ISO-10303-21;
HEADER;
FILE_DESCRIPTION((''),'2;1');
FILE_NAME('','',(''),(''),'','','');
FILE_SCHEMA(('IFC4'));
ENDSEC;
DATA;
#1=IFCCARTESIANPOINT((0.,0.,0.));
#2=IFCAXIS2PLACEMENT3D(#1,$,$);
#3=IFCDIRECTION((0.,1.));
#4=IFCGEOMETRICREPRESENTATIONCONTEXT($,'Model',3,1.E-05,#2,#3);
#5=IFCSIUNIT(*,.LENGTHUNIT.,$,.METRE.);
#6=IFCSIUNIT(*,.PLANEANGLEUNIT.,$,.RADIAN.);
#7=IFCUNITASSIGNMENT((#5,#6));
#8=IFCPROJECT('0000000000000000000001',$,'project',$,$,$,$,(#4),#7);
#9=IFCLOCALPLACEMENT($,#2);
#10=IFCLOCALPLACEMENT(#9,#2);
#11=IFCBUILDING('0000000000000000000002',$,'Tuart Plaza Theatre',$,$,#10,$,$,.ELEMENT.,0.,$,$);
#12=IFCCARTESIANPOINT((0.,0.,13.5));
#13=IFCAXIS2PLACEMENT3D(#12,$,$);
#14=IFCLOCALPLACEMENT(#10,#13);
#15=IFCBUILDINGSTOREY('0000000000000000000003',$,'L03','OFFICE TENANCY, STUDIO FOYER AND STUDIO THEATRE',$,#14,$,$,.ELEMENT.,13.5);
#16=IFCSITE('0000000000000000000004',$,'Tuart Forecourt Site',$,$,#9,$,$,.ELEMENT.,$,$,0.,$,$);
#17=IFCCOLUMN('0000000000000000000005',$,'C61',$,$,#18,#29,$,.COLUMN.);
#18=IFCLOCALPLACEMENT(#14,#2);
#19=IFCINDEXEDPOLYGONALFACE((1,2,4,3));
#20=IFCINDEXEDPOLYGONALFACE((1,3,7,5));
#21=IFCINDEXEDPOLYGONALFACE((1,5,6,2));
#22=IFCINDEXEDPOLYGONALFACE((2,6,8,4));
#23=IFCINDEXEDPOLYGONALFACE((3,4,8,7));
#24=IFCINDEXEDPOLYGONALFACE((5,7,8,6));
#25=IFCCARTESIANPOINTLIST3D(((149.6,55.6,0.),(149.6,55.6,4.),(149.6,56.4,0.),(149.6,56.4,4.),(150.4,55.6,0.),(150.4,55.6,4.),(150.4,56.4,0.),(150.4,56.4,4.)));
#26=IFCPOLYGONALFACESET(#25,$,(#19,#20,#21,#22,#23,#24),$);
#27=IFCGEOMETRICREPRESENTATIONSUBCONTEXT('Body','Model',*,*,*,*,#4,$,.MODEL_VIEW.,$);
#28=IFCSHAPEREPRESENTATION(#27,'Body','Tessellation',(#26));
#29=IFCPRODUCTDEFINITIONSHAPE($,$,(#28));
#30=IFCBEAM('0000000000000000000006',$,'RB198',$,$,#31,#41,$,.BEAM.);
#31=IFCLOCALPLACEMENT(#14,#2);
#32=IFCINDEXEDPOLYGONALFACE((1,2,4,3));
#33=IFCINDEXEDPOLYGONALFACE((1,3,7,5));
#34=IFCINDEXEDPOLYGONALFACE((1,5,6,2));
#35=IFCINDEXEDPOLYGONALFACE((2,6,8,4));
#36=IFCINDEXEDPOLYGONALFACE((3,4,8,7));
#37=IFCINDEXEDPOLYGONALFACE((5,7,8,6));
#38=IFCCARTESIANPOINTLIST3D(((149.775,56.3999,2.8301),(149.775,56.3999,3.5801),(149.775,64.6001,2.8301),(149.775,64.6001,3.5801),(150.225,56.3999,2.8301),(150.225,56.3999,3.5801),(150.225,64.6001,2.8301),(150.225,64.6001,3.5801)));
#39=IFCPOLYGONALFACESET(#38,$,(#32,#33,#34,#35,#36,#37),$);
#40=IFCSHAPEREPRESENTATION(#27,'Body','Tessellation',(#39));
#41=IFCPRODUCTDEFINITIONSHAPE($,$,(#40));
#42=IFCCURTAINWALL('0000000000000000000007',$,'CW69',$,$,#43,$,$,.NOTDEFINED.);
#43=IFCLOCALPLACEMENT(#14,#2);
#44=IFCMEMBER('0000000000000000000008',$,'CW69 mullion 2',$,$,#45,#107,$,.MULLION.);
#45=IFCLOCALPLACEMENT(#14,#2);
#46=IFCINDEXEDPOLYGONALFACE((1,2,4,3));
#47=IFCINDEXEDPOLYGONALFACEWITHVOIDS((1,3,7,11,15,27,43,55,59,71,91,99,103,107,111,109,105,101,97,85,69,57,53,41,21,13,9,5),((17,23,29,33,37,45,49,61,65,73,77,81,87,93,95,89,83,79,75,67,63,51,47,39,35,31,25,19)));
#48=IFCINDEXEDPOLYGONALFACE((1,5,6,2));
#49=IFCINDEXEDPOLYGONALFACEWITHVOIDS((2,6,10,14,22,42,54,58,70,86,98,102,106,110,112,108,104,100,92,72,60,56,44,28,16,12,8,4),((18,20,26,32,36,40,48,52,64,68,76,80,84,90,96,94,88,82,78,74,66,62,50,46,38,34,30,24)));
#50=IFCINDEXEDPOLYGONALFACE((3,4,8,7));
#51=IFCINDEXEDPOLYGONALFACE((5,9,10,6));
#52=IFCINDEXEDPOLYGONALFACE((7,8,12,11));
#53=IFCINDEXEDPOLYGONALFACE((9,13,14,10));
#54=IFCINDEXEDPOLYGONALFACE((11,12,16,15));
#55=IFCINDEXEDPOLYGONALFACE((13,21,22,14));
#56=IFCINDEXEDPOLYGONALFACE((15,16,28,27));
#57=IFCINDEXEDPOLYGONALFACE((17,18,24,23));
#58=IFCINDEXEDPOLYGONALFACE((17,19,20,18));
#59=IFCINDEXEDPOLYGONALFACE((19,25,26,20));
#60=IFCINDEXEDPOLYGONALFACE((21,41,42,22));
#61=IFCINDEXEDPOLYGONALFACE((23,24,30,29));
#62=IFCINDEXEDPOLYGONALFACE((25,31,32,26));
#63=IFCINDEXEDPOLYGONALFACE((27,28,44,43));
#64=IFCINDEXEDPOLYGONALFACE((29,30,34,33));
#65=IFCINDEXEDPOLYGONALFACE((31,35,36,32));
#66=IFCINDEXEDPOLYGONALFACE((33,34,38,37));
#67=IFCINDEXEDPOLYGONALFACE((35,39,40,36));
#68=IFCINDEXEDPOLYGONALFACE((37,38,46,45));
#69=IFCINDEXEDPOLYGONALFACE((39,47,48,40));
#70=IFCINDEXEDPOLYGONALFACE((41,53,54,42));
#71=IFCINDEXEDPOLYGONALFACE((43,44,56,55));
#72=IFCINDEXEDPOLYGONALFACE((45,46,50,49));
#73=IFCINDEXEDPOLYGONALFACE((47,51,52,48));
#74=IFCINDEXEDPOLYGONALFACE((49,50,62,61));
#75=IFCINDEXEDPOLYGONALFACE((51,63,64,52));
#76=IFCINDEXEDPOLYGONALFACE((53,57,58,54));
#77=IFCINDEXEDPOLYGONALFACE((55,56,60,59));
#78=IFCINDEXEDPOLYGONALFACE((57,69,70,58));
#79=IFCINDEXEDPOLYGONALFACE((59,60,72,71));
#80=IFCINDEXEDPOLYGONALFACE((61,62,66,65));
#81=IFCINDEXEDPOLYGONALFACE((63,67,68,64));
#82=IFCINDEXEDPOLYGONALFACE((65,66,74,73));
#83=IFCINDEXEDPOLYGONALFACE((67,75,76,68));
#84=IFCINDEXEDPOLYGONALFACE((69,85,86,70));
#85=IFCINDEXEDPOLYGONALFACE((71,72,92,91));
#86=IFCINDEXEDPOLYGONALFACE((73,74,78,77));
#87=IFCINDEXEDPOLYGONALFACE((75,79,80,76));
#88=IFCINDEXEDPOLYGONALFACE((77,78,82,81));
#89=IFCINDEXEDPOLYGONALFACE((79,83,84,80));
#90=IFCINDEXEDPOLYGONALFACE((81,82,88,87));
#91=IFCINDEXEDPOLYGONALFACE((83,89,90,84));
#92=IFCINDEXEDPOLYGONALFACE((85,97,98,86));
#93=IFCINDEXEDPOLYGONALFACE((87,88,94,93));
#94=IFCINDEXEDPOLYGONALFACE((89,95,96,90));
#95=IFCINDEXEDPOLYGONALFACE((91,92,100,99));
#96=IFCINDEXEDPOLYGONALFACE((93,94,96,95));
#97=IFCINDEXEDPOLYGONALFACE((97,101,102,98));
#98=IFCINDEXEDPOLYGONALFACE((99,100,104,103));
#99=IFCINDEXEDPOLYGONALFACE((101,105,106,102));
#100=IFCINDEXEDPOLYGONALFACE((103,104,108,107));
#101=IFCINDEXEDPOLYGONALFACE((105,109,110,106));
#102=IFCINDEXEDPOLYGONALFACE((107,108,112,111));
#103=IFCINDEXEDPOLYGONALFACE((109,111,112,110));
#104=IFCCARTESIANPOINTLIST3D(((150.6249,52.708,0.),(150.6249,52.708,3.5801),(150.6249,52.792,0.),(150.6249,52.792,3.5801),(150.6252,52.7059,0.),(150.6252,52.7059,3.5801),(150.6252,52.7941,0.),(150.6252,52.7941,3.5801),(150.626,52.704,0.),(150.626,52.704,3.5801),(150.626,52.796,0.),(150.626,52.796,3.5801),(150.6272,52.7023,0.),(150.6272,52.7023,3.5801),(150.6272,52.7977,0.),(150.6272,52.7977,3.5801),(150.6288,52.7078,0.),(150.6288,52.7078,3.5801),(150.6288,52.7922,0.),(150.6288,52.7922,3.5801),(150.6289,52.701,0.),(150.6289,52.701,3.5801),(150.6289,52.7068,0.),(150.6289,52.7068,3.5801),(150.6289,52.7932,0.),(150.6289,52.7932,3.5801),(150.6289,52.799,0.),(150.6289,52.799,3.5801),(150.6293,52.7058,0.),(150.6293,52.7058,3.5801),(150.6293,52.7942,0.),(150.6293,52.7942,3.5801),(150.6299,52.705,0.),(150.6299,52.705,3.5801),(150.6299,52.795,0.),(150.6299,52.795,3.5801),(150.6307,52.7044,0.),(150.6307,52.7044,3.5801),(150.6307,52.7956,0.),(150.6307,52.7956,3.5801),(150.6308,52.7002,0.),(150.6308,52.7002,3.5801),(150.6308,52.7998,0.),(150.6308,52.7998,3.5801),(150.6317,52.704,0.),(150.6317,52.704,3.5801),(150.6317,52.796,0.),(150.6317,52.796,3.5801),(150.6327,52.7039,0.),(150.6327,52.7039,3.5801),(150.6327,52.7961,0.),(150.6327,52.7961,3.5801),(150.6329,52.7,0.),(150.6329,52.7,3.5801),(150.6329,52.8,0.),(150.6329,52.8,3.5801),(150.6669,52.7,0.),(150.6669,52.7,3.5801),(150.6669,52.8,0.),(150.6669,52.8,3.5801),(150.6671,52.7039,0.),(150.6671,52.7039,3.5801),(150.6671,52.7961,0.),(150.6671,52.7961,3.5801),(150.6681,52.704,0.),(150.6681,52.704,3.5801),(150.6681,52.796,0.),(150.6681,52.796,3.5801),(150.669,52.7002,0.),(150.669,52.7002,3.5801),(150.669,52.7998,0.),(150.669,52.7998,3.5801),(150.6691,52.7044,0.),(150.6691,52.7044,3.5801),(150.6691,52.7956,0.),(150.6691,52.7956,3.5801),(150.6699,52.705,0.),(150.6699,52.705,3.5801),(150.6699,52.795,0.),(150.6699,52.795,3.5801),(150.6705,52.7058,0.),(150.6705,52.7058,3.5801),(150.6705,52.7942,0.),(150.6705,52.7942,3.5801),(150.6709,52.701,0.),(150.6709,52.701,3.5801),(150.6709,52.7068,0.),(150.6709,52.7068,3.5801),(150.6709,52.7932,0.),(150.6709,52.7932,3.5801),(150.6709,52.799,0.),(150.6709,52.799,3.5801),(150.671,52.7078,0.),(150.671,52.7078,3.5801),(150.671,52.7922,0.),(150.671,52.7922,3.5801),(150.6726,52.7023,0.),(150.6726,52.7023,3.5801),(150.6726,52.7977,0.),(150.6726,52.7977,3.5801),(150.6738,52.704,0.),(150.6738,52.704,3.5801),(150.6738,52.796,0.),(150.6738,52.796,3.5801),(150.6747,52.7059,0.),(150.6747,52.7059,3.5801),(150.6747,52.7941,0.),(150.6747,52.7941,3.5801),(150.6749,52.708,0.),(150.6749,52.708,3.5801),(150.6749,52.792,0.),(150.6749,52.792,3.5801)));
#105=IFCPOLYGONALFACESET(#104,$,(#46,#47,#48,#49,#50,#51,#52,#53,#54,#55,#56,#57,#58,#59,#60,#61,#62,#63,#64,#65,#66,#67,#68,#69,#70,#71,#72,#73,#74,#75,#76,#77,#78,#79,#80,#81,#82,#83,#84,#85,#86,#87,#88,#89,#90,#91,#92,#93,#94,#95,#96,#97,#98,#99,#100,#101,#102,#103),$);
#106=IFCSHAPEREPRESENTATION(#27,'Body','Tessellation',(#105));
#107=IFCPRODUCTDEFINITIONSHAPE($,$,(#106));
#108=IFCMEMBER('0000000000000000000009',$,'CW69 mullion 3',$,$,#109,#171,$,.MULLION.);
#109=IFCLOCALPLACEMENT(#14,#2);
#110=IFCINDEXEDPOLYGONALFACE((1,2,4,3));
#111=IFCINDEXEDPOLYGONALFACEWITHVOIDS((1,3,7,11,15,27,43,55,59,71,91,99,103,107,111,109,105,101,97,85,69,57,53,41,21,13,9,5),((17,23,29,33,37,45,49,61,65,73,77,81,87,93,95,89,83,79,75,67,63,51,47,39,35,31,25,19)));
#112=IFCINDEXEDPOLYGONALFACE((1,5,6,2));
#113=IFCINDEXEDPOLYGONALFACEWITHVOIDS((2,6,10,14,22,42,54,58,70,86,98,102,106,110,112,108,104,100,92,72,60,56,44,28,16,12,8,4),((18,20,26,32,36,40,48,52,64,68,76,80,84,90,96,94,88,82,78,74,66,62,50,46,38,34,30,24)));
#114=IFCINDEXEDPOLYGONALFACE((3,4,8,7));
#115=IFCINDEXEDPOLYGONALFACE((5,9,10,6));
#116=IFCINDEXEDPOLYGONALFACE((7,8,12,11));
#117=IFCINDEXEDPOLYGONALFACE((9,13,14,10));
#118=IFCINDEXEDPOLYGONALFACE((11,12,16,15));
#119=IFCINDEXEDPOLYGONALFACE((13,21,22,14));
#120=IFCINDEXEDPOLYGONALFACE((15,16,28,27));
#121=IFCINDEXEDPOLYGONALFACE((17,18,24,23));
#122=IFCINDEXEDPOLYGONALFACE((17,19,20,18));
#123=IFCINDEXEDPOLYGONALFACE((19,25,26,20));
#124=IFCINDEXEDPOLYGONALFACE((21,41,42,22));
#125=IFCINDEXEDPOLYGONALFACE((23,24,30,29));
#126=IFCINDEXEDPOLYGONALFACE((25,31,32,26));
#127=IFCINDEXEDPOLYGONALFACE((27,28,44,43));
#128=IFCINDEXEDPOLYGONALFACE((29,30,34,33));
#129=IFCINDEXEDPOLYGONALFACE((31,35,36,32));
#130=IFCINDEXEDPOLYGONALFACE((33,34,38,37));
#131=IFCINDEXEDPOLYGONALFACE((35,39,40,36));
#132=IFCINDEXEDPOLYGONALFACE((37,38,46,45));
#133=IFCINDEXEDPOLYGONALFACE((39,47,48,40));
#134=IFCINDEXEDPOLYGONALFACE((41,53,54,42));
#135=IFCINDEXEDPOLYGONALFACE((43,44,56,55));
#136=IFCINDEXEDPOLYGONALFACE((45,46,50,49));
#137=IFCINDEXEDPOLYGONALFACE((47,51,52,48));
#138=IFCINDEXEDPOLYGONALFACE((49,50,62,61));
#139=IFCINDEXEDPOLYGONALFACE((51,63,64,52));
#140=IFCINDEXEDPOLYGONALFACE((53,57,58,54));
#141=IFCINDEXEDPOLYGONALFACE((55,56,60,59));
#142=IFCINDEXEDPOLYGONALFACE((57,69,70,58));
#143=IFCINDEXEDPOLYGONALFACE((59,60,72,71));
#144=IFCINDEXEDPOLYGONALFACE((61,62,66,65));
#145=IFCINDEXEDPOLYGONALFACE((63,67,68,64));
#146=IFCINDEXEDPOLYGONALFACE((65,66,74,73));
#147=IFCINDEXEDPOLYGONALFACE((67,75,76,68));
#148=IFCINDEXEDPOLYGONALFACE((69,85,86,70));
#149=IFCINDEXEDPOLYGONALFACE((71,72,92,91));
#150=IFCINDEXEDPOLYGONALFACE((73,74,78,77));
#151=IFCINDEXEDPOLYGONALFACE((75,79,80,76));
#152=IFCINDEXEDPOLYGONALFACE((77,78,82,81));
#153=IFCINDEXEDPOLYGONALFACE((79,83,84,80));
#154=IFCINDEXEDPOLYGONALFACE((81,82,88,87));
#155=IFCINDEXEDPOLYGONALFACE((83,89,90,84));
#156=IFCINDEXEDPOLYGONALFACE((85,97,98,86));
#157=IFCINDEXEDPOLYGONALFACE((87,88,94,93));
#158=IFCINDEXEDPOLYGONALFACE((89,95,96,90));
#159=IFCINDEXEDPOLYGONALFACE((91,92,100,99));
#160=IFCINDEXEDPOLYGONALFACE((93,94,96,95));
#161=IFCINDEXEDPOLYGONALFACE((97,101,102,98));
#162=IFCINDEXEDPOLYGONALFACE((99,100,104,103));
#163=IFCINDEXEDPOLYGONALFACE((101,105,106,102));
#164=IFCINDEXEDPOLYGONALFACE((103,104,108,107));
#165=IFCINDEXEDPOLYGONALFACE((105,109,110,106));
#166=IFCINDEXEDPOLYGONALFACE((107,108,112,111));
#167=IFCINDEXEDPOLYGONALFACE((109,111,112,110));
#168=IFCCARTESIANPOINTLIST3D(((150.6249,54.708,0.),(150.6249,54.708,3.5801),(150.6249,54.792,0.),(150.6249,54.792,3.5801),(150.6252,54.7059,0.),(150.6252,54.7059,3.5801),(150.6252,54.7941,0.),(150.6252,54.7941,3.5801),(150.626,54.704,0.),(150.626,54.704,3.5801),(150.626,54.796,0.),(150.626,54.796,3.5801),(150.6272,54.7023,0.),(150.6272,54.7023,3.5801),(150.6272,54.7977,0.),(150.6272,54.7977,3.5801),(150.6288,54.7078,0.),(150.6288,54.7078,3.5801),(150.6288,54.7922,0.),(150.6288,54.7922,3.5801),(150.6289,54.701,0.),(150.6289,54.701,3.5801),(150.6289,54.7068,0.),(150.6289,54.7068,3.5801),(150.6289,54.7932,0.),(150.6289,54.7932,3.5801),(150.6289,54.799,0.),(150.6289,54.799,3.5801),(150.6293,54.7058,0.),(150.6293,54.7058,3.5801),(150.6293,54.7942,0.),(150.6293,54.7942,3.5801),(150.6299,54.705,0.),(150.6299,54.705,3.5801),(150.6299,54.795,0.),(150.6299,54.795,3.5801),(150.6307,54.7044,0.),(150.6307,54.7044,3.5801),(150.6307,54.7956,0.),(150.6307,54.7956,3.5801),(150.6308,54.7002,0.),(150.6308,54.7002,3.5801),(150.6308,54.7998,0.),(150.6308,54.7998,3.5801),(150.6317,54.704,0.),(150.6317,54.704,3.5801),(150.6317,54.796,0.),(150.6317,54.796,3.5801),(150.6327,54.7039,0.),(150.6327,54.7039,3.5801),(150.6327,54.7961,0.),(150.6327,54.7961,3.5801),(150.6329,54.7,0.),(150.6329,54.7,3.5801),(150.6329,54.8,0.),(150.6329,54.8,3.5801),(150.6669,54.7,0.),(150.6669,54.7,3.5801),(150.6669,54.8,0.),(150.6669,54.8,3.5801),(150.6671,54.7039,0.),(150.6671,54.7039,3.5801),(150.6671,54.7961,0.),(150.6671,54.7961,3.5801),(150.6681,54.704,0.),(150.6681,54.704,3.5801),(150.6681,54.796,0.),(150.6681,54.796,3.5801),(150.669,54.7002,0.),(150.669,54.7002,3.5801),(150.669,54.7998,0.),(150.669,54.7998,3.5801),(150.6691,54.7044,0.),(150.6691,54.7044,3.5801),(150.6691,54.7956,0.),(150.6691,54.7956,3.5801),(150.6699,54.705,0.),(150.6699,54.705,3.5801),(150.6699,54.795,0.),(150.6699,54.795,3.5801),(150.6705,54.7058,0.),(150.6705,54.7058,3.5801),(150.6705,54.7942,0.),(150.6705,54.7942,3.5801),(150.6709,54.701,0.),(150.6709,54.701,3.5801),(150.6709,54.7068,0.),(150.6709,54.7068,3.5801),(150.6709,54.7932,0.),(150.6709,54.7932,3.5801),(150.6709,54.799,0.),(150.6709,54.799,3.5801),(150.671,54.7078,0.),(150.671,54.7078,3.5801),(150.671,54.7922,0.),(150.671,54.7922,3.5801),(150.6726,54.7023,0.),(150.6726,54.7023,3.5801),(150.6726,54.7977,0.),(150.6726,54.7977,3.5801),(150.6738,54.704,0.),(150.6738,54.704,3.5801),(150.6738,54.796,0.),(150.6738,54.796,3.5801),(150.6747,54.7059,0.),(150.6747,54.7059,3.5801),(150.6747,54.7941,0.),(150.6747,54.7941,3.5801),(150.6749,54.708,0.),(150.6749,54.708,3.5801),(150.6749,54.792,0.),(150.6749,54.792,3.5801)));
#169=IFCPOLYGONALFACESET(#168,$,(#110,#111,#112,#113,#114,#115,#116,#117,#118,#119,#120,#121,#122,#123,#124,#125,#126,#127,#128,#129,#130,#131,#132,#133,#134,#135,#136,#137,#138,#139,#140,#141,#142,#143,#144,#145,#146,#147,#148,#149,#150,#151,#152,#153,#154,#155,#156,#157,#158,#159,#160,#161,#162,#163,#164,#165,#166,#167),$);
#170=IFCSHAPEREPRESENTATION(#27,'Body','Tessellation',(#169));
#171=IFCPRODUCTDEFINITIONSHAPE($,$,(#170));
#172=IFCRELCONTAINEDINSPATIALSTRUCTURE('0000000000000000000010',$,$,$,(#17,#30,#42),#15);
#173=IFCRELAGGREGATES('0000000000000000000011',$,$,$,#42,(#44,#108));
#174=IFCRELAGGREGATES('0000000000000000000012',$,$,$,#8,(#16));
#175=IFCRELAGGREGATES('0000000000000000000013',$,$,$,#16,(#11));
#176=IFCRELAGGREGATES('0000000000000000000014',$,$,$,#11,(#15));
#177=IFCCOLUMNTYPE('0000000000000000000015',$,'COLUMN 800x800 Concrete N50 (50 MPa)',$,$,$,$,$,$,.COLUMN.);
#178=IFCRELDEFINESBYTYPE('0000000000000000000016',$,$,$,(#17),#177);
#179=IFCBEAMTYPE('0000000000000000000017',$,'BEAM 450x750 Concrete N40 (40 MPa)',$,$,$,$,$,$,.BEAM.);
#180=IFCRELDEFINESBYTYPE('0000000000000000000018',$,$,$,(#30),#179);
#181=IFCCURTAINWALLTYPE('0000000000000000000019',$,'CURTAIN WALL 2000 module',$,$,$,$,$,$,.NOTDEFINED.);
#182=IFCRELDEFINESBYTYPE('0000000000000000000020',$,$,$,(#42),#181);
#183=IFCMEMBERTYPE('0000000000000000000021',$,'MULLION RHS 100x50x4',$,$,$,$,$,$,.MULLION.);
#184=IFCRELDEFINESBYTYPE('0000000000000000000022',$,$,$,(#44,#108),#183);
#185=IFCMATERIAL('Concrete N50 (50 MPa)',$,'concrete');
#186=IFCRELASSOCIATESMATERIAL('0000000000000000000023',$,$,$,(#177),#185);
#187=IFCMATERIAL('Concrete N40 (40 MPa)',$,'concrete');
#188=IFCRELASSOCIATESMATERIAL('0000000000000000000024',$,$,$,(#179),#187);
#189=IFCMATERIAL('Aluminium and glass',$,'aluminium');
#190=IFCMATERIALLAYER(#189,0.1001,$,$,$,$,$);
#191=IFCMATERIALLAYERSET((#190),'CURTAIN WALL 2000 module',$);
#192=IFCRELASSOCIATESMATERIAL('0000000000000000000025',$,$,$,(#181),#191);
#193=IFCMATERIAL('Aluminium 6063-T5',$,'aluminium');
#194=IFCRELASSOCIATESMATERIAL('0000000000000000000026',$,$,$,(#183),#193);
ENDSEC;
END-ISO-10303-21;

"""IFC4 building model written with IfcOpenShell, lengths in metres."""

from ifc_helpers import new_model, si_unit, direction, frame, origin, origin_2d, place, context, subcontext, project, spatial, rectangle, hollow_rectangle, extrude, material, layer, layer_set, material_profile, profile_set, type_object, element, aggregate, save


model = new_model("IFC4")

# Units and contexts
model_context = context("Model", 3, precision=1e-05, world=origin(), true_north=direction((0.0, 1.0)))
body_context = subcontext(model_context, "Body", "Model", "MODEL_VIEW")
ifc_project = project(units=[si_unit("LENGTHUNIT", "METRE"), si_unit("PLANEANGLEUNIT", "RADIAN")], contexts=[model_context])

# Site, building, storey
site_placement = place(None, origin())
site = spatial("IfcSite", under=ifc_project, at=site_placement, Name="Tuart Forecourt Site", CompositionType="ELEMENT", RefElevation=0.0)
building_placement = place(site_placement, origin())
building = spatial("IfcBuilding", under=site, at=building_placement, Name="Tuart Plaza Theatre", CompositionType="ELEMENT", ElevationOfRefHeight=0.0)
storey_placement = place(building_placement, frame((0.0, 0.0, 13.5)))
storey = spatial("IfcBuildingStorey", under=building, at=storey_placement, Name="L03", Description="OFFICE TENANCY, STUDIO FOYER AND STUDIO THEATRE", CompositionType="ELEMENT", Elevation=13.5)

# Column
ifc_material_1 = material(Name="Concrete N50 (50 MPa)", Category="concrete")
ifc_material_profile_1 = material_profile(ifc_material_1, rectangle(XDim=0.8, YDim=0.8, at=origin_2d()), Name="COLUMN 800x800 Concrete N50 (50 MPa)")
ifc_profile_set_1 = profile_set([ifc_material_profile_1], Name="Concrete N50 (50 MPa)")
column_type = type_object("IfcColumnType", Name="COLUMN 800x800 Concrete N50 (50 MPa)", PredefinedType="COLUMN", material=ifc_profile_set_1)
column_placement = place(storey_placement, frame((150.0, 56.0, 0.0), z_axis=(0.0, 0.0, 1.0), x_axis=(1.0, 0.0, 0.0)))
element("IfcColumn", 1, at=column_placement, inside=storey, type_object=column_type, Name="C61", PredefinedType="COLUMN", context=body_context, shape_type="SweptSolid", body=[
    extrude(rectangle(XDim=0.8, YDim=0.8, at=origin_2d()), origin(), (0.0, 0.0, 1.0), 4.0),
])

# Beam
ifc_material_2 = material(Name="Concrete N40 (40 MPa)", Category="concrete")
ifc_material_profile_2 = material_profile(ifc_material_2, rectangle(XDim=0.45, YDim=0.75, at=origin_2d()), Name="BEAM 450x750 Concrete N40 (40 MPa)")
ifc_profile_set_2 = profile_set([ifc_material_profile_2], Name="Concrete N40 (40 MPa)")
beam_type = type_object("IfcBeamType", Name="BEAM 450x750 Concrete N40 (40 MPa)", PredefinedType="BEAM", material=ifc_profile_set_2)
beam_placement = place(storey_placement, frame((150.0, 56.3999, 3.2051), z_axis=(0.0, 1.0, 0.0), x_axis=(-1.0, 0.0, 0.0)))
element("IfcBeam", 2, at=beam_placement, inside=storey, type_object=beam_type, Name="RB198", PredefinedType="BEAM", context=body_context, shape_type="SweptSolid", body=[
    extrude(rectangle(XDim=0.45, YDim=0.75, at=origin_2d()), origin(), (0.0, 0.0, 1.0), 8.2002),
])

# Curtain wall, members
ifc_material_3 = material(Name="Aluminium and glass", Category="aluminium")
ifc_layer_1 = layer(ifc_material_3, 0.1001)
ifc_layer_set_1 = layer_set([ifc_layer_1], Name="CURTAIN WALL 2000 module")
curtain_wall_type = type_object("IfcCurtainWallType", Name="CURTAIN WALL 2000 module", PredefinedType="NOTDEFINED", material=ifc_layer_set_1)
curtain_wall_placement = place(storey_placement, origin())
curtain_wall = element("IfcCurtainWall", 3, at=curtain_wall_placement, inside=storey, type_object=curtain_wall_type, Name="CW69", PredefinedType="NOTDEFINED")
ifc_material_4 = material(Name="Aluminium 6063-T5", Category="aluminium")
ifc_material_profile_3 = material_profile(ifc_material_4, hollow_rectangle(XDim=0.05, YDim=0.1001, WallThickness=0.0039, InnerFilletRadius=0.0039, OuterFilletRadius=0.0081, at=origin_2d()), Name="RHS 100x50x4")
ifc_profile_set_3 = profile_set([ifc_material_profile_3], Name="Aluminium 6063-T5")
member_type_1 = type_object("IfcMemberType", Name="MULLION RHS 100x50x4", PredefinedType="MULLION", material=ifc_profile_set_3)
member_1_placement = place(storey_placement, frame((150.6499, 52.75, 0.0), z_axis=(0.0, 0.0, 1.0), x_axis=(-1.0, 0.0, 0.0)))
member_1 = element("IfcMember", 4, at=member_1_placement, type_object=member_type_1, Name="CW69 mullion 2", PredefinedType="MULLION", context=body_context, shape_type="SweptSolid", body=[
    extrude(hollow_rectangle(XDim=0.05, YDim=0.1001, WallThickness=0.0039, InnerFilletRadius=0.0039, OuterFilletRadius=0.0081, at=origin_2d()), origin(), (0.0, 0.0, 1.0), 3.5801),
])
member_2_placement = place(storey_placement, frame((150.6499, 54.75, 0.0), z_axis=(0.0, 0.0, 1.0), x_axis=(-1.0, 0.0, 0.0)))
member_2 = element("IfcMember", 5, at=member_2_placement, type_object=member_type_1, Name="CW69 mullion 3", PredefinedType="MULLION", context=body_context, shape_type="SweptSolid", body=[
    extrude(hollow_rectangle(XDim=0.05, YDim=0.1001, WallThickness=0.0039, InnerFilletRadius=0.0039, OuterFilletRadius=0.0081, at=origin_2d()), origin(), (0.0, 0.0, 1.0), 3.5801),
])
aggregate(curtain_wall, [member_1, member_2])

save(model, "model.ifc")
